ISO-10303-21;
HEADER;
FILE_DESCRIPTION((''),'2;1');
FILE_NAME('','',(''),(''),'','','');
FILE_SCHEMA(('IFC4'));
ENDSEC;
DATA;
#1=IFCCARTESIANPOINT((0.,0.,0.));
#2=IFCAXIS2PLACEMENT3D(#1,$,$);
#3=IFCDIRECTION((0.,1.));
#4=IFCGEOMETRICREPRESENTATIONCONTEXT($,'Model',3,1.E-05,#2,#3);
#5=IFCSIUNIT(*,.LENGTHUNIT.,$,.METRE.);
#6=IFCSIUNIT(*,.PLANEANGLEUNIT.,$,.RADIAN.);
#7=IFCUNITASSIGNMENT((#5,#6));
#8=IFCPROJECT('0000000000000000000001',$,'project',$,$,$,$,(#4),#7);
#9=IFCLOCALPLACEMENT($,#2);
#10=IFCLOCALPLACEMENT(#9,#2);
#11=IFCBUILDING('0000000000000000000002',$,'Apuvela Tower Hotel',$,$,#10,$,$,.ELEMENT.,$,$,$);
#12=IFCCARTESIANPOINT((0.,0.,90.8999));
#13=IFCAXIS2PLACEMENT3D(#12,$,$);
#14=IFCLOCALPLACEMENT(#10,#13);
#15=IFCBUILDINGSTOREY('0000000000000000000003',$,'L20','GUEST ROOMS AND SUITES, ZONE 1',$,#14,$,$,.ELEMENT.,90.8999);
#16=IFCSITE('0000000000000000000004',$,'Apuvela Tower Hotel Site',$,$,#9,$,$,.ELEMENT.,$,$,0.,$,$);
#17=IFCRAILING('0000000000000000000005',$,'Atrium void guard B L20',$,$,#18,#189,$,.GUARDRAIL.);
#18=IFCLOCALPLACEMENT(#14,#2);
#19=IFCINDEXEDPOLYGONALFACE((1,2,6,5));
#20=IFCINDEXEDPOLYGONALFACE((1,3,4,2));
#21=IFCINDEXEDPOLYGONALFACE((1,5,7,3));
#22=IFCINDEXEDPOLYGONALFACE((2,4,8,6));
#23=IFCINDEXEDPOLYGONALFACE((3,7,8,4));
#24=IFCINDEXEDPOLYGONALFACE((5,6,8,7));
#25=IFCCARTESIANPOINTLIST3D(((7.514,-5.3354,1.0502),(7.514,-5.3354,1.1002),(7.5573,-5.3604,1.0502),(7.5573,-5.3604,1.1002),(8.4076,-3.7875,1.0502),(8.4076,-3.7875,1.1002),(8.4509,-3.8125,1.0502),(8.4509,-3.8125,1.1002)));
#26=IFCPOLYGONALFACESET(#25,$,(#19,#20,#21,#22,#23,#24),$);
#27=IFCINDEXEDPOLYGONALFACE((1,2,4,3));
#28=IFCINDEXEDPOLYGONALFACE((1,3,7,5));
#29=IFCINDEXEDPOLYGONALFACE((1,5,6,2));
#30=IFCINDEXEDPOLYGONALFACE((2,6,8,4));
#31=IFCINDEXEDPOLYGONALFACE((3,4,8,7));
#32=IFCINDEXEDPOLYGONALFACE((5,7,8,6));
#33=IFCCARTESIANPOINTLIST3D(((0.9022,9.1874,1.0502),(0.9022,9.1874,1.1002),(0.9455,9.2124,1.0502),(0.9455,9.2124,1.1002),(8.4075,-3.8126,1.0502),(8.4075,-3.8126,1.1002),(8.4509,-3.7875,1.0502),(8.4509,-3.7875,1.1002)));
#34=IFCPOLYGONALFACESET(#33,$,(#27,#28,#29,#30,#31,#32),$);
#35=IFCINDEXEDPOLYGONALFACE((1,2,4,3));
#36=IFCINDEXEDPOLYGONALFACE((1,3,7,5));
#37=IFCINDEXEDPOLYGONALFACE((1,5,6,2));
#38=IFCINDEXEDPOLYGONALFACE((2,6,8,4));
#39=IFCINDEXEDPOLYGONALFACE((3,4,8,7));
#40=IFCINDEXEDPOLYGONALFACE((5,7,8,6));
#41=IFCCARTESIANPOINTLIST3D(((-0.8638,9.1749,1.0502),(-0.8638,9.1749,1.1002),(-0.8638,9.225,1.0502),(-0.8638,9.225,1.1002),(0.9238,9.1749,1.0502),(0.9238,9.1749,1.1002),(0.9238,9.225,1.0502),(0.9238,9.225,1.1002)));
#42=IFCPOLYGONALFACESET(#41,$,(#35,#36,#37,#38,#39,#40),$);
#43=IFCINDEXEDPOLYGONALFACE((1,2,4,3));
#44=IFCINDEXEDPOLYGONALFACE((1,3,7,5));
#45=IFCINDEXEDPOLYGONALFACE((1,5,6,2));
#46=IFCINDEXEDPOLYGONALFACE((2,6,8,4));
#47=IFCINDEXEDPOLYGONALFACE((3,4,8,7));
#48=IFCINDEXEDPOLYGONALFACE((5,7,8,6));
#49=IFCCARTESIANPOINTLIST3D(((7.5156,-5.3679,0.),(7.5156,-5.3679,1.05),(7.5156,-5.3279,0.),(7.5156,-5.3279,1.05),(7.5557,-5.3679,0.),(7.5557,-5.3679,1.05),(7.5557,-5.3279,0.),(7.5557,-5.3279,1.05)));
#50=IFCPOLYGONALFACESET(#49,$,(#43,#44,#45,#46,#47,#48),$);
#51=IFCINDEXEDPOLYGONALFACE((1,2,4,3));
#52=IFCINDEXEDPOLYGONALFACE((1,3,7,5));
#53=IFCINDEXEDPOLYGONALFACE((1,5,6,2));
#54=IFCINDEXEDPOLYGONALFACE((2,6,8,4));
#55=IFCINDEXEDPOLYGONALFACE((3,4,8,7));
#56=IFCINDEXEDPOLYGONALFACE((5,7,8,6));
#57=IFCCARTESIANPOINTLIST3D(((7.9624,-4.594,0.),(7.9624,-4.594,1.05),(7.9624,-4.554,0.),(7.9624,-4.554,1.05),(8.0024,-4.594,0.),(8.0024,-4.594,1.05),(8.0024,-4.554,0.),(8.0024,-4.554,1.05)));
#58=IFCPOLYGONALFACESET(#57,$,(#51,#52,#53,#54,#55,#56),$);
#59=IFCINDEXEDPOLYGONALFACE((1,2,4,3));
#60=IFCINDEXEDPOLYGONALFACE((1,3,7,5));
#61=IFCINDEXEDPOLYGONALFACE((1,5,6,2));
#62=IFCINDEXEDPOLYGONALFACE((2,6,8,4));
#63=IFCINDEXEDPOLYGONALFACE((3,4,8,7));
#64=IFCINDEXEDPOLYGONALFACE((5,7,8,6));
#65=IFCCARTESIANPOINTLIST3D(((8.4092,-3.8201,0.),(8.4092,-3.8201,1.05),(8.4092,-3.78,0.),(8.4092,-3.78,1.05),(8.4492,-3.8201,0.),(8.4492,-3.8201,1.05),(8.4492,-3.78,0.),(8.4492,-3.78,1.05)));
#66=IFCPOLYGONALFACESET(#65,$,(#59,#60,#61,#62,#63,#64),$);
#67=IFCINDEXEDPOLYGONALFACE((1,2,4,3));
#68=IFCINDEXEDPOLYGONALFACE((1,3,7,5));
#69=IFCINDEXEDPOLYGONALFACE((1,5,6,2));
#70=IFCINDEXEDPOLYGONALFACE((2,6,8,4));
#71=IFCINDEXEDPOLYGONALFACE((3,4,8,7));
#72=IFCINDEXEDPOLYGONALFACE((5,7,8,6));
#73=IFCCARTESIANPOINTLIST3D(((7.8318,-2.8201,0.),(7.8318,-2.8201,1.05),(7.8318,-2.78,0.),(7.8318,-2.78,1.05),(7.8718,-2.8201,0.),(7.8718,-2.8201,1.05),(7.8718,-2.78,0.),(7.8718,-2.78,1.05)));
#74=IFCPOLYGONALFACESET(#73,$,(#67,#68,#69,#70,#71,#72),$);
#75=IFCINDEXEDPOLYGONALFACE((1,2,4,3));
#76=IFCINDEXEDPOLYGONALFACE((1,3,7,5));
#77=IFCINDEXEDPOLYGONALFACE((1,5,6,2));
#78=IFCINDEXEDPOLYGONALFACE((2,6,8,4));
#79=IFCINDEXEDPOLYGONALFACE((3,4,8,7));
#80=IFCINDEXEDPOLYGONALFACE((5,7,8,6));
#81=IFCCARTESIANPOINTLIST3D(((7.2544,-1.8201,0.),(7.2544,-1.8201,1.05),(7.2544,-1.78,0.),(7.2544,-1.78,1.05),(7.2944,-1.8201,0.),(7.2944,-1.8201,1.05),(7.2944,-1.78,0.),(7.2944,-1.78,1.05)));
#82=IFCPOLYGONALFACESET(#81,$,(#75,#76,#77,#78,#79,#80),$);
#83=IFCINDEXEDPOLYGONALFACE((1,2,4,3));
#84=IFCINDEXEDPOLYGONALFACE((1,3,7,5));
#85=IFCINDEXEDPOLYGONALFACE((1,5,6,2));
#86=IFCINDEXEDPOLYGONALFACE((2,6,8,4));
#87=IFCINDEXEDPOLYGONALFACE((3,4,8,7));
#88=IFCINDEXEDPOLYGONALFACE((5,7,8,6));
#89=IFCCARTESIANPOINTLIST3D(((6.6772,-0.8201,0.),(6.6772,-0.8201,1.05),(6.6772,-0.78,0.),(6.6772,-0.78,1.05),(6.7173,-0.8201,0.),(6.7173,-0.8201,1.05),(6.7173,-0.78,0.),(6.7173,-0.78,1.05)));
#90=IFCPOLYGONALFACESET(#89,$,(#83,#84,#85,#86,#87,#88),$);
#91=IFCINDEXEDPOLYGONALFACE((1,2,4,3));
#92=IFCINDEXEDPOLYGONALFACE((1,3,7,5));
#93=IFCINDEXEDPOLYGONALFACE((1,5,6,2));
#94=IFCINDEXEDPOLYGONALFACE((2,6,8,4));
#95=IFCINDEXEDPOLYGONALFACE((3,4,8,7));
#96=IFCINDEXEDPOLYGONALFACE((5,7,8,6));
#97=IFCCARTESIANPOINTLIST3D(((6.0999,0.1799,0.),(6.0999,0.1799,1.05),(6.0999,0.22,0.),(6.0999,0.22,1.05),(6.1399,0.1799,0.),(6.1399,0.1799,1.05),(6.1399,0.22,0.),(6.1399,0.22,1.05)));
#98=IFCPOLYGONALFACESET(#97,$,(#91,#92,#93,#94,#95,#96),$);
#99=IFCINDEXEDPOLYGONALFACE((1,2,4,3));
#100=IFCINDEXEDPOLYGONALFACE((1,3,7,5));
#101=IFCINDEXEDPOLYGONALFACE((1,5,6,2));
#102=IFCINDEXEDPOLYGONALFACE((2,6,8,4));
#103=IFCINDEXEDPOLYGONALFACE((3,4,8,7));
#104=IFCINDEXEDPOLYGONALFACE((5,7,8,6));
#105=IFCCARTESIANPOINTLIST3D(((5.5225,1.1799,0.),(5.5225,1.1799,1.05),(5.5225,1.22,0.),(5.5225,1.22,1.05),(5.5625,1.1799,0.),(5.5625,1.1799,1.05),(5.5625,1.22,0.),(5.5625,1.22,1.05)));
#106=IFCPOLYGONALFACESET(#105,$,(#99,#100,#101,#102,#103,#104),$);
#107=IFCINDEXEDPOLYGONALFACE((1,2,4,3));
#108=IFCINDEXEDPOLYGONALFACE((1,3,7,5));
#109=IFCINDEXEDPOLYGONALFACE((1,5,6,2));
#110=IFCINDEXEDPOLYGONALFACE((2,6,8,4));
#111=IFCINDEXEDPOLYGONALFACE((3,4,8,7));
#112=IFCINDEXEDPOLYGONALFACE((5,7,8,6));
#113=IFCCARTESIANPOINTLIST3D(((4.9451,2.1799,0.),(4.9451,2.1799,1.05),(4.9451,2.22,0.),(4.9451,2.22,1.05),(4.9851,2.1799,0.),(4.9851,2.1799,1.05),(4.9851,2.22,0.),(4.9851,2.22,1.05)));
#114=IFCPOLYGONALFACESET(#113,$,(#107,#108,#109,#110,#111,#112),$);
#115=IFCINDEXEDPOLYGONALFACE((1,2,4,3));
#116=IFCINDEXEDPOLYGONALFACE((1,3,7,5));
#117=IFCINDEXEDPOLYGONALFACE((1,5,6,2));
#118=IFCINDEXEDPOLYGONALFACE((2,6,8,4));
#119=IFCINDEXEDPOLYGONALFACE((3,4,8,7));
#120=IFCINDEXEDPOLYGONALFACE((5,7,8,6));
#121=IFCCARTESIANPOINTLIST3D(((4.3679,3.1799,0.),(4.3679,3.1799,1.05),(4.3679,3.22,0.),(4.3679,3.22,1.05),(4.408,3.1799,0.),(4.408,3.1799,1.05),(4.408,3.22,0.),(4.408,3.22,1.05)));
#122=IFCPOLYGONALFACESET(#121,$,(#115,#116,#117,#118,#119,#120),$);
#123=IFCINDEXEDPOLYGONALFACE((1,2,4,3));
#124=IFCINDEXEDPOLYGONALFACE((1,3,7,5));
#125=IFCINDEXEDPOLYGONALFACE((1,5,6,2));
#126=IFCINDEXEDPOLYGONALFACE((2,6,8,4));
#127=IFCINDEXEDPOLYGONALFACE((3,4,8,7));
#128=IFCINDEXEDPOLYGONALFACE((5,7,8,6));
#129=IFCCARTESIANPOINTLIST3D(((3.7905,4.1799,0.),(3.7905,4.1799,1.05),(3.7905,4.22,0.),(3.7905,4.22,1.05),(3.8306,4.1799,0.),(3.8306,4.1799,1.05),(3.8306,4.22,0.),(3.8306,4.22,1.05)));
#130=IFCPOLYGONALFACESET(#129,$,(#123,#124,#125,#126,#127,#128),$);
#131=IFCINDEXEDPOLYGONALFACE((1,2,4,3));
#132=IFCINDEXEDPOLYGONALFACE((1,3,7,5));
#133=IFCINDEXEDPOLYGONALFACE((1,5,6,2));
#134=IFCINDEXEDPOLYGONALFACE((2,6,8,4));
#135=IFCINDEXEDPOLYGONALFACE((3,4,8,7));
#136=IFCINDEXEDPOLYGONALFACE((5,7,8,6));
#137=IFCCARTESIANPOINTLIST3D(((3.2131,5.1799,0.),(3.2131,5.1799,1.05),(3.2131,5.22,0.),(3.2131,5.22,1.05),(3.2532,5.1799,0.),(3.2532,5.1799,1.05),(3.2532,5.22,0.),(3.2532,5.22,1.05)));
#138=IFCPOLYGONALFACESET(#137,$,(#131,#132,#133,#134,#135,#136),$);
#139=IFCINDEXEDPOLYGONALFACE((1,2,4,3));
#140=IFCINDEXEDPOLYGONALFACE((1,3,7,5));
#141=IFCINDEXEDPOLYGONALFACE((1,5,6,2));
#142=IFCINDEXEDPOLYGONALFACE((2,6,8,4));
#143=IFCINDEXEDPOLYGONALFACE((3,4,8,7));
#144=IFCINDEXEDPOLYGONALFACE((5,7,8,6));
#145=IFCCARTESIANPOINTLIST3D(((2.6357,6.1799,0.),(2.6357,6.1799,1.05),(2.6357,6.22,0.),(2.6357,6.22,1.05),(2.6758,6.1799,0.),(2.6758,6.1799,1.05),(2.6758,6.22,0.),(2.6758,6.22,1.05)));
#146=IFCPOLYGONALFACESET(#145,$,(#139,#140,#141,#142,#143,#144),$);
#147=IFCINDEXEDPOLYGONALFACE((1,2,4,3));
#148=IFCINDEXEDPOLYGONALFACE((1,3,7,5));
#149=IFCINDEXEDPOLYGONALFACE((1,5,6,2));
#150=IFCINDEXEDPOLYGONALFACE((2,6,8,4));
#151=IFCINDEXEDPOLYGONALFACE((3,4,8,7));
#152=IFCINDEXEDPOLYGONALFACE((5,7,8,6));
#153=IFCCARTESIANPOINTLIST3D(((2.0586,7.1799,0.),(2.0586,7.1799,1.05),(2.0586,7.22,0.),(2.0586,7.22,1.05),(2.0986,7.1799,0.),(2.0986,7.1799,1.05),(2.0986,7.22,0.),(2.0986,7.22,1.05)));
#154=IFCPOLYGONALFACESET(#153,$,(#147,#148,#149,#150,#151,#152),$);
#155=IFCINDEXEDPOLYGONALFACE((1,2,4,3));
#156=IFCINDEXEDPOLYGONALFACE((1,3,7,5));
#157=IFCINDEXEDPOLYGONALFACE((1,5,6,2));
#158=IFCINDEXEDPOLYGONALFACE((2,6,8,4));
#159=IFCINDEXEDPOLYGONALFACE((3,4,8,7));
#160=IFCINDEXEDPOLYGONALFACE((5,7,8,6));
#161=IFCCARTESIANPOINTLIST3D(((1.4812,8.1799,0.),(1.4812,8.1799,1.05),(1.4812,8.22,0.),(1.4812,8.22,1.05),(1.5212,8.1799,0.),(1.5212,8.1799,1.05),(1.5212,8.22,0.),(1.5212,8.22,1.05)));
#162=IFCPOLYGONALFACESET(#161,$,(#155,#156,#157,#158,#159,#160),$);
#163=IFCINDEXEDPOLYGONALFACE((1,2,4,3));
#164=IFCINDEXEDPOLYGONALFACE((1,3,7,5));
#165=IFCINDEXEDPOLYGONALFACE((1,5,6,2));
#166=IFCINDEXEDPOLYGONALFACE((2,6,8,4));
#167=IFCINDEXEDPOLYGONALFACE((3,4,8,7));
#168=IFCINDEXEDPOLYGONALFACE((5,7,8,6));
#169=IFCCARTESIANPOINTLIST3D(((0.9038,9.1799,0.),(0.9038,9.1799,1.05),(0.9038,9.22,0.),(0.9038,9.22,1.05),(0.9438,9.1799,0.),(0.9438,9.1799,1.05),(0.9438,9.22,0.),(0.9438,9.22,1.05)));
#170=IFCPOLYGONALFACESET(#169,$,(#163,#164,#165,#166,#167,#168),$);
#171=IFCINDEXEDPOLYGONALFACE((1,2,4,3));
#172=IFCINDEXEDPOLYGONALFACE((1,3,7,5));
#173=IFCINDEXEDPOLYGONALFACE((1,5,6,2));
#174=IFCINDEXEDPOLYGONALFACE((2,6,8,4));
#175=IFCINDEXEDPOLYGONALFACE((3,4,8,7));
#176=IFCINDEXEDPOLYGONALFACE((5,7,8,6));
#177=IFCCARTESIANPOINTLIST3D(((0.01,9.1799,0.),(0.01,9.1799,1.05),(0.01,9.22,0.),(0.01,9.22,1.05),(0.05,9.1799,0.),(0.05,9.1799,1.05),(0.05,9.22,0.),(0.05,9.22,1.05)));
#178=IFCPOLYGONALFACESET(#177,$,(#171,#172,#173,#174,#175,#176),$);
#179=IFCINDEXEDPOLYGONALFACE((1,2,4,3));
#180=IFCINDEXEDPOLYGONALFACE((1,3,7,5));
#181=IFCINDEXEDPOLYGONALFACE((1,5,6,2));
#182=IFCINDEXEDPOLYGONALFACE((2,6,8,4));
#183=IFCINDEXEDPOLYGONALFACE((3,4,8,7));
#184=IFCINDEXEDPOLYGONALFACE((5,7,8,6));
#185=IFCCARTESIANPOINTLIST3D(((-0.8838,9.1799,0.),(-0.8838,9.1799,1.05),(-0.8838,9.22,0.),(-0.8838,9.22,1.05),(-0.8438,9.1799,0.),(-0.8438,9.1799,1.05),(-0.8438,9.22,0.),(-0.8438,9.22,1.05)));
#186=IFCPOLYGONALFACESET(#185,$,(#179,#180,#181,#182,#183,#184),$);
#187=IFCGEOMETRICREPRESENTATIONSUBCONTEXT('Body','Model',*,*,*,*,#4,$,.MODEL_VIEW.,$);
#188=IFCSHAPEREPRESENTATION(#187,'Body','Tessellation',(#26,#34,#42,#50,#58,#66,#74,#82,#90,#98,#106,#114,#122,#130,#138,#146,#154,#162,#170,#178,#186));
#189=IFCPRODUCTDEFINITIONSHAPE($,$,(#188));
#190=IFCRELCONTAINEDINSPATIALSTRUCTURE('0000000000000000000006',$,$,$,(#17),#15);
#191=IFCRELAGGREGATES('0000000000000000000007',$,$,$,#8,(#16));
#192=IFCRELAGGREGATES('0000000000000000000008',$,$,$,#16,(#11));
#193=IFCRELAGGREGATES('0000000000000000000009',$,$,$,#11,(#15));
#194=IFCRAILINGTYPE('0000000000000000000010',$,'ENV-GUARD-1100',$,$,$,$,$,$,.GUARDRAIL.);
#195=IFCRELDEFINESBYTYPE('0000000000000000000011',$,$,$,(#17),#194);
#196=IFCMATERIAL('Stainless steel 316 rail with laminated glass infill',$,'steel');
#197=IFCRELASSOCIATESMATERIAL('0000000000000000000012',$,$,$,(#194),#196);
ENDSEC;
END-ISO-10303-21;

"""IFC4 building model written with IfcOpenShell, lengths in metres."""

from ifc_helpers import new_model, si_unit, direction, frame, origin, origin_2d, place, context, subcontext, project, spatial, rectangle, extrude, material, type_object, element, save


model = new_model("IFC4")

# Units and contexts
model_context = context("Model", 3, precision=1e-05, world=origin(), true_north=direction((0.0, 1.0)))
body_context = subcontext(model_context, "Body", "Model", "MODEL_VIEW")
ifc_project = project(units=[si_unit("LENGTHUNIT", "METRE"), si_unit("PLANEANGLEUNIT", "RADIAN")], contexts=[model_context])

# Site, building, storey
site_placement = place(None, origin())
site = spatial("IfcSite", under=ifc_project, at=site_placement, Name="Apuvela Tower Hotel Site", CompositionType="ELEMENT", RefElevation=0.0)
building_placement = place(site_placement, origin())
building = spatial("IfcBuilding", under=site, at=building_placement, Name="Apuvela Tower Hotel", CompositionType="ELEMENT")
storey_placement = place(building_placement, frame((0.0, 0.0, 90.8999)))
storey = spatial("IfcBuildingStorey", under=building, at=storey_placement, Name="L20", Description="GUEST ROOMS AND SUITES, ZONE 1", CompositionType="ELEMENT", Elevation=90.8999)

# Railing
ifc_material_1 = material(Name="Stainless steel 316 rail with laminated glass infill", Category="steel")
railing_type = type_object("IfcRailingType", Name="ENV-GUARD-1100", PredefinedType="GUARDRAIL", material=ifc_material_1)
railing_placement = place(storey_placement, frame((7.5356, -5.3479, 0.0)))
element("IfcRailing", 1, at=railing_placement, inside=storey, type_object=railing_type, Name="Atrium void guard B L20", PredefinedType="GUARDRAIL", context=body_context, shape_type="SweptSolid", body=[
    extrude(rectangle(XDim=0.05, YDim=0.05, at=origin_2d()), frame((0.0, 0.0, 1.0752), z_axis=(0.499959, 0.866049, 0.0), x_axis=(-0.866049, 0.499959, 0.0)), (0.0, 0.0, 1.0), 1.7874),
    extrude(rectangle(XDim=0.05, YDim=0.05, at=origin_2d()), frame((0.8936, 1.5479, 1.0752), z_axis=(-0.499991, 0.866031, 0.0), x_axis=(-0.866031, -0.499991, 0.0)), (0.0, 0.0, 1.0), 15.011),
    extrude(rectangle(XDim=0.05, YDim=0.05, at=origin_2d()), frame((-6.6118, 14.5479, 1.0752), z_axis=(-1.0, 0.0, 0.0), x_axis=(0.0, -1.0, 0.0)), (0.0, 0.0, 1.0), 1.7876),
    extrude(rectangle(XDim=0.04, YDim=0.04, at=origin_2d()), origin(), (0.0, 0.0, 1.0), 1.05),
    extrude(rectangle(XDim=0.04, YDim=0.04, at=origin_2d()), frame((0.4468, 0.7739, 0.0)), (0.0, 0.0, 1.0), 1.05),
    extrude(rectangle(XDim=0.04, YDim=0.04, at=origin_2d()), frame((0.8936, 1.5479, 0.0)), (0.0, 0.0, 1.0), 1.05),
    extrude(rectangle(XDim=0.04, YDim=0.04, at=origin_2d()), frame((0.3162, 2.5479, 0.0)), (0.0, 0.0, 1.0), 1.05),
    extrude(rectangle(XDim=0.04, YDim=0.04, at=origin_2d()), frame((-0.2612, 3.5479, 0.0)), (0.0, 0.0, 1.0), 1.05),
    extrude(rectangle(XDim=0.04, YDim=0.04, at=origin_2d()), frame((-0.8384, 4.5479, 0.0)), (0.0, 0.0, 1.0), 1.05),
    extrude(rectangle(XDim=0.04, YDim=0.04, at=origin_2d()), frame((-1.4158, 5.5479, 0.0)), (0.0, 0.0, 1.0), 1.05),
    extrude(rectangle(XDim=0.04, YDim=0.04, at=origin_2d()), frame((-1.9932, 6.5479, 0.0)), (0.0, 0.0, 1.0), 1.05),
    extrude(rectangle(XDim=0.04, YDim=0.04, at=origin_2d()), frame((-2.5706, 7.5479, 0.0)), (0.0, 0.0, 1.0), 1.05),
    extrude(rectangle(XDim=0.04, YDim=0.04, at=origin_2d()), frame((-3.1477, 8.5479, 0.0)), (0.0, 0.0, 1.0), 1.05),
    extrude(rectangle(XDim=0.04, YDim=0.04, at=origin_2d()), frame((-3.7251, 9.5479, 0.0)), (0.0, 0.0, 1.0), 1.05),
    extrude(rectangle(XDim=0.04, YDim=0.04, at=origin_2d()), frame((-4.3025, 10.5479, 0.0)), (0.0, 0.0, 1.0), 1.05),
    extrude(rectangle(XDim=0.04, YDim=0.04, at=origin_2d()), frame((-4.8799, 11.5479, 0.0)), (0.0, 0.0, 1.0), 1.05),
    extrude(rectangle(XDim=0.04, YDim=0.04, at=origin_2d()), frame((-5.457, 12.5479, 0.0)), (0.0, 0.0, 1.0), 1.05),
    extrude(rectangle(XDim=0.04, YDim=0.04, at=origin_2d()), frame((-6.0344, 13.5479, 0.0)), (0.0, 0.0, 1.0), 1.05),
    extrude(rectangle(XDim=0.04, YDim=0.04, at=origin_2d()), frame((-6.6118, 14.5479, 0.0)), (0.0, 0.0, 1.0), 1.05),
    extrude(rectangle(XDim=0.04, YDim=0.04, at=origin_2d()), frame((-7.5056, 14.5479, 0.0)), (0.0, 0.0, 1.0), 1.05),
    extrude(rectangle(XDim=0.04, YDim=0.04, at=origin_2d()), frame((-8.3994, 14.5479, 0.0)), (0.0, 0.0, 1.0), 1.05),
])

save(model, "model.ifc")
